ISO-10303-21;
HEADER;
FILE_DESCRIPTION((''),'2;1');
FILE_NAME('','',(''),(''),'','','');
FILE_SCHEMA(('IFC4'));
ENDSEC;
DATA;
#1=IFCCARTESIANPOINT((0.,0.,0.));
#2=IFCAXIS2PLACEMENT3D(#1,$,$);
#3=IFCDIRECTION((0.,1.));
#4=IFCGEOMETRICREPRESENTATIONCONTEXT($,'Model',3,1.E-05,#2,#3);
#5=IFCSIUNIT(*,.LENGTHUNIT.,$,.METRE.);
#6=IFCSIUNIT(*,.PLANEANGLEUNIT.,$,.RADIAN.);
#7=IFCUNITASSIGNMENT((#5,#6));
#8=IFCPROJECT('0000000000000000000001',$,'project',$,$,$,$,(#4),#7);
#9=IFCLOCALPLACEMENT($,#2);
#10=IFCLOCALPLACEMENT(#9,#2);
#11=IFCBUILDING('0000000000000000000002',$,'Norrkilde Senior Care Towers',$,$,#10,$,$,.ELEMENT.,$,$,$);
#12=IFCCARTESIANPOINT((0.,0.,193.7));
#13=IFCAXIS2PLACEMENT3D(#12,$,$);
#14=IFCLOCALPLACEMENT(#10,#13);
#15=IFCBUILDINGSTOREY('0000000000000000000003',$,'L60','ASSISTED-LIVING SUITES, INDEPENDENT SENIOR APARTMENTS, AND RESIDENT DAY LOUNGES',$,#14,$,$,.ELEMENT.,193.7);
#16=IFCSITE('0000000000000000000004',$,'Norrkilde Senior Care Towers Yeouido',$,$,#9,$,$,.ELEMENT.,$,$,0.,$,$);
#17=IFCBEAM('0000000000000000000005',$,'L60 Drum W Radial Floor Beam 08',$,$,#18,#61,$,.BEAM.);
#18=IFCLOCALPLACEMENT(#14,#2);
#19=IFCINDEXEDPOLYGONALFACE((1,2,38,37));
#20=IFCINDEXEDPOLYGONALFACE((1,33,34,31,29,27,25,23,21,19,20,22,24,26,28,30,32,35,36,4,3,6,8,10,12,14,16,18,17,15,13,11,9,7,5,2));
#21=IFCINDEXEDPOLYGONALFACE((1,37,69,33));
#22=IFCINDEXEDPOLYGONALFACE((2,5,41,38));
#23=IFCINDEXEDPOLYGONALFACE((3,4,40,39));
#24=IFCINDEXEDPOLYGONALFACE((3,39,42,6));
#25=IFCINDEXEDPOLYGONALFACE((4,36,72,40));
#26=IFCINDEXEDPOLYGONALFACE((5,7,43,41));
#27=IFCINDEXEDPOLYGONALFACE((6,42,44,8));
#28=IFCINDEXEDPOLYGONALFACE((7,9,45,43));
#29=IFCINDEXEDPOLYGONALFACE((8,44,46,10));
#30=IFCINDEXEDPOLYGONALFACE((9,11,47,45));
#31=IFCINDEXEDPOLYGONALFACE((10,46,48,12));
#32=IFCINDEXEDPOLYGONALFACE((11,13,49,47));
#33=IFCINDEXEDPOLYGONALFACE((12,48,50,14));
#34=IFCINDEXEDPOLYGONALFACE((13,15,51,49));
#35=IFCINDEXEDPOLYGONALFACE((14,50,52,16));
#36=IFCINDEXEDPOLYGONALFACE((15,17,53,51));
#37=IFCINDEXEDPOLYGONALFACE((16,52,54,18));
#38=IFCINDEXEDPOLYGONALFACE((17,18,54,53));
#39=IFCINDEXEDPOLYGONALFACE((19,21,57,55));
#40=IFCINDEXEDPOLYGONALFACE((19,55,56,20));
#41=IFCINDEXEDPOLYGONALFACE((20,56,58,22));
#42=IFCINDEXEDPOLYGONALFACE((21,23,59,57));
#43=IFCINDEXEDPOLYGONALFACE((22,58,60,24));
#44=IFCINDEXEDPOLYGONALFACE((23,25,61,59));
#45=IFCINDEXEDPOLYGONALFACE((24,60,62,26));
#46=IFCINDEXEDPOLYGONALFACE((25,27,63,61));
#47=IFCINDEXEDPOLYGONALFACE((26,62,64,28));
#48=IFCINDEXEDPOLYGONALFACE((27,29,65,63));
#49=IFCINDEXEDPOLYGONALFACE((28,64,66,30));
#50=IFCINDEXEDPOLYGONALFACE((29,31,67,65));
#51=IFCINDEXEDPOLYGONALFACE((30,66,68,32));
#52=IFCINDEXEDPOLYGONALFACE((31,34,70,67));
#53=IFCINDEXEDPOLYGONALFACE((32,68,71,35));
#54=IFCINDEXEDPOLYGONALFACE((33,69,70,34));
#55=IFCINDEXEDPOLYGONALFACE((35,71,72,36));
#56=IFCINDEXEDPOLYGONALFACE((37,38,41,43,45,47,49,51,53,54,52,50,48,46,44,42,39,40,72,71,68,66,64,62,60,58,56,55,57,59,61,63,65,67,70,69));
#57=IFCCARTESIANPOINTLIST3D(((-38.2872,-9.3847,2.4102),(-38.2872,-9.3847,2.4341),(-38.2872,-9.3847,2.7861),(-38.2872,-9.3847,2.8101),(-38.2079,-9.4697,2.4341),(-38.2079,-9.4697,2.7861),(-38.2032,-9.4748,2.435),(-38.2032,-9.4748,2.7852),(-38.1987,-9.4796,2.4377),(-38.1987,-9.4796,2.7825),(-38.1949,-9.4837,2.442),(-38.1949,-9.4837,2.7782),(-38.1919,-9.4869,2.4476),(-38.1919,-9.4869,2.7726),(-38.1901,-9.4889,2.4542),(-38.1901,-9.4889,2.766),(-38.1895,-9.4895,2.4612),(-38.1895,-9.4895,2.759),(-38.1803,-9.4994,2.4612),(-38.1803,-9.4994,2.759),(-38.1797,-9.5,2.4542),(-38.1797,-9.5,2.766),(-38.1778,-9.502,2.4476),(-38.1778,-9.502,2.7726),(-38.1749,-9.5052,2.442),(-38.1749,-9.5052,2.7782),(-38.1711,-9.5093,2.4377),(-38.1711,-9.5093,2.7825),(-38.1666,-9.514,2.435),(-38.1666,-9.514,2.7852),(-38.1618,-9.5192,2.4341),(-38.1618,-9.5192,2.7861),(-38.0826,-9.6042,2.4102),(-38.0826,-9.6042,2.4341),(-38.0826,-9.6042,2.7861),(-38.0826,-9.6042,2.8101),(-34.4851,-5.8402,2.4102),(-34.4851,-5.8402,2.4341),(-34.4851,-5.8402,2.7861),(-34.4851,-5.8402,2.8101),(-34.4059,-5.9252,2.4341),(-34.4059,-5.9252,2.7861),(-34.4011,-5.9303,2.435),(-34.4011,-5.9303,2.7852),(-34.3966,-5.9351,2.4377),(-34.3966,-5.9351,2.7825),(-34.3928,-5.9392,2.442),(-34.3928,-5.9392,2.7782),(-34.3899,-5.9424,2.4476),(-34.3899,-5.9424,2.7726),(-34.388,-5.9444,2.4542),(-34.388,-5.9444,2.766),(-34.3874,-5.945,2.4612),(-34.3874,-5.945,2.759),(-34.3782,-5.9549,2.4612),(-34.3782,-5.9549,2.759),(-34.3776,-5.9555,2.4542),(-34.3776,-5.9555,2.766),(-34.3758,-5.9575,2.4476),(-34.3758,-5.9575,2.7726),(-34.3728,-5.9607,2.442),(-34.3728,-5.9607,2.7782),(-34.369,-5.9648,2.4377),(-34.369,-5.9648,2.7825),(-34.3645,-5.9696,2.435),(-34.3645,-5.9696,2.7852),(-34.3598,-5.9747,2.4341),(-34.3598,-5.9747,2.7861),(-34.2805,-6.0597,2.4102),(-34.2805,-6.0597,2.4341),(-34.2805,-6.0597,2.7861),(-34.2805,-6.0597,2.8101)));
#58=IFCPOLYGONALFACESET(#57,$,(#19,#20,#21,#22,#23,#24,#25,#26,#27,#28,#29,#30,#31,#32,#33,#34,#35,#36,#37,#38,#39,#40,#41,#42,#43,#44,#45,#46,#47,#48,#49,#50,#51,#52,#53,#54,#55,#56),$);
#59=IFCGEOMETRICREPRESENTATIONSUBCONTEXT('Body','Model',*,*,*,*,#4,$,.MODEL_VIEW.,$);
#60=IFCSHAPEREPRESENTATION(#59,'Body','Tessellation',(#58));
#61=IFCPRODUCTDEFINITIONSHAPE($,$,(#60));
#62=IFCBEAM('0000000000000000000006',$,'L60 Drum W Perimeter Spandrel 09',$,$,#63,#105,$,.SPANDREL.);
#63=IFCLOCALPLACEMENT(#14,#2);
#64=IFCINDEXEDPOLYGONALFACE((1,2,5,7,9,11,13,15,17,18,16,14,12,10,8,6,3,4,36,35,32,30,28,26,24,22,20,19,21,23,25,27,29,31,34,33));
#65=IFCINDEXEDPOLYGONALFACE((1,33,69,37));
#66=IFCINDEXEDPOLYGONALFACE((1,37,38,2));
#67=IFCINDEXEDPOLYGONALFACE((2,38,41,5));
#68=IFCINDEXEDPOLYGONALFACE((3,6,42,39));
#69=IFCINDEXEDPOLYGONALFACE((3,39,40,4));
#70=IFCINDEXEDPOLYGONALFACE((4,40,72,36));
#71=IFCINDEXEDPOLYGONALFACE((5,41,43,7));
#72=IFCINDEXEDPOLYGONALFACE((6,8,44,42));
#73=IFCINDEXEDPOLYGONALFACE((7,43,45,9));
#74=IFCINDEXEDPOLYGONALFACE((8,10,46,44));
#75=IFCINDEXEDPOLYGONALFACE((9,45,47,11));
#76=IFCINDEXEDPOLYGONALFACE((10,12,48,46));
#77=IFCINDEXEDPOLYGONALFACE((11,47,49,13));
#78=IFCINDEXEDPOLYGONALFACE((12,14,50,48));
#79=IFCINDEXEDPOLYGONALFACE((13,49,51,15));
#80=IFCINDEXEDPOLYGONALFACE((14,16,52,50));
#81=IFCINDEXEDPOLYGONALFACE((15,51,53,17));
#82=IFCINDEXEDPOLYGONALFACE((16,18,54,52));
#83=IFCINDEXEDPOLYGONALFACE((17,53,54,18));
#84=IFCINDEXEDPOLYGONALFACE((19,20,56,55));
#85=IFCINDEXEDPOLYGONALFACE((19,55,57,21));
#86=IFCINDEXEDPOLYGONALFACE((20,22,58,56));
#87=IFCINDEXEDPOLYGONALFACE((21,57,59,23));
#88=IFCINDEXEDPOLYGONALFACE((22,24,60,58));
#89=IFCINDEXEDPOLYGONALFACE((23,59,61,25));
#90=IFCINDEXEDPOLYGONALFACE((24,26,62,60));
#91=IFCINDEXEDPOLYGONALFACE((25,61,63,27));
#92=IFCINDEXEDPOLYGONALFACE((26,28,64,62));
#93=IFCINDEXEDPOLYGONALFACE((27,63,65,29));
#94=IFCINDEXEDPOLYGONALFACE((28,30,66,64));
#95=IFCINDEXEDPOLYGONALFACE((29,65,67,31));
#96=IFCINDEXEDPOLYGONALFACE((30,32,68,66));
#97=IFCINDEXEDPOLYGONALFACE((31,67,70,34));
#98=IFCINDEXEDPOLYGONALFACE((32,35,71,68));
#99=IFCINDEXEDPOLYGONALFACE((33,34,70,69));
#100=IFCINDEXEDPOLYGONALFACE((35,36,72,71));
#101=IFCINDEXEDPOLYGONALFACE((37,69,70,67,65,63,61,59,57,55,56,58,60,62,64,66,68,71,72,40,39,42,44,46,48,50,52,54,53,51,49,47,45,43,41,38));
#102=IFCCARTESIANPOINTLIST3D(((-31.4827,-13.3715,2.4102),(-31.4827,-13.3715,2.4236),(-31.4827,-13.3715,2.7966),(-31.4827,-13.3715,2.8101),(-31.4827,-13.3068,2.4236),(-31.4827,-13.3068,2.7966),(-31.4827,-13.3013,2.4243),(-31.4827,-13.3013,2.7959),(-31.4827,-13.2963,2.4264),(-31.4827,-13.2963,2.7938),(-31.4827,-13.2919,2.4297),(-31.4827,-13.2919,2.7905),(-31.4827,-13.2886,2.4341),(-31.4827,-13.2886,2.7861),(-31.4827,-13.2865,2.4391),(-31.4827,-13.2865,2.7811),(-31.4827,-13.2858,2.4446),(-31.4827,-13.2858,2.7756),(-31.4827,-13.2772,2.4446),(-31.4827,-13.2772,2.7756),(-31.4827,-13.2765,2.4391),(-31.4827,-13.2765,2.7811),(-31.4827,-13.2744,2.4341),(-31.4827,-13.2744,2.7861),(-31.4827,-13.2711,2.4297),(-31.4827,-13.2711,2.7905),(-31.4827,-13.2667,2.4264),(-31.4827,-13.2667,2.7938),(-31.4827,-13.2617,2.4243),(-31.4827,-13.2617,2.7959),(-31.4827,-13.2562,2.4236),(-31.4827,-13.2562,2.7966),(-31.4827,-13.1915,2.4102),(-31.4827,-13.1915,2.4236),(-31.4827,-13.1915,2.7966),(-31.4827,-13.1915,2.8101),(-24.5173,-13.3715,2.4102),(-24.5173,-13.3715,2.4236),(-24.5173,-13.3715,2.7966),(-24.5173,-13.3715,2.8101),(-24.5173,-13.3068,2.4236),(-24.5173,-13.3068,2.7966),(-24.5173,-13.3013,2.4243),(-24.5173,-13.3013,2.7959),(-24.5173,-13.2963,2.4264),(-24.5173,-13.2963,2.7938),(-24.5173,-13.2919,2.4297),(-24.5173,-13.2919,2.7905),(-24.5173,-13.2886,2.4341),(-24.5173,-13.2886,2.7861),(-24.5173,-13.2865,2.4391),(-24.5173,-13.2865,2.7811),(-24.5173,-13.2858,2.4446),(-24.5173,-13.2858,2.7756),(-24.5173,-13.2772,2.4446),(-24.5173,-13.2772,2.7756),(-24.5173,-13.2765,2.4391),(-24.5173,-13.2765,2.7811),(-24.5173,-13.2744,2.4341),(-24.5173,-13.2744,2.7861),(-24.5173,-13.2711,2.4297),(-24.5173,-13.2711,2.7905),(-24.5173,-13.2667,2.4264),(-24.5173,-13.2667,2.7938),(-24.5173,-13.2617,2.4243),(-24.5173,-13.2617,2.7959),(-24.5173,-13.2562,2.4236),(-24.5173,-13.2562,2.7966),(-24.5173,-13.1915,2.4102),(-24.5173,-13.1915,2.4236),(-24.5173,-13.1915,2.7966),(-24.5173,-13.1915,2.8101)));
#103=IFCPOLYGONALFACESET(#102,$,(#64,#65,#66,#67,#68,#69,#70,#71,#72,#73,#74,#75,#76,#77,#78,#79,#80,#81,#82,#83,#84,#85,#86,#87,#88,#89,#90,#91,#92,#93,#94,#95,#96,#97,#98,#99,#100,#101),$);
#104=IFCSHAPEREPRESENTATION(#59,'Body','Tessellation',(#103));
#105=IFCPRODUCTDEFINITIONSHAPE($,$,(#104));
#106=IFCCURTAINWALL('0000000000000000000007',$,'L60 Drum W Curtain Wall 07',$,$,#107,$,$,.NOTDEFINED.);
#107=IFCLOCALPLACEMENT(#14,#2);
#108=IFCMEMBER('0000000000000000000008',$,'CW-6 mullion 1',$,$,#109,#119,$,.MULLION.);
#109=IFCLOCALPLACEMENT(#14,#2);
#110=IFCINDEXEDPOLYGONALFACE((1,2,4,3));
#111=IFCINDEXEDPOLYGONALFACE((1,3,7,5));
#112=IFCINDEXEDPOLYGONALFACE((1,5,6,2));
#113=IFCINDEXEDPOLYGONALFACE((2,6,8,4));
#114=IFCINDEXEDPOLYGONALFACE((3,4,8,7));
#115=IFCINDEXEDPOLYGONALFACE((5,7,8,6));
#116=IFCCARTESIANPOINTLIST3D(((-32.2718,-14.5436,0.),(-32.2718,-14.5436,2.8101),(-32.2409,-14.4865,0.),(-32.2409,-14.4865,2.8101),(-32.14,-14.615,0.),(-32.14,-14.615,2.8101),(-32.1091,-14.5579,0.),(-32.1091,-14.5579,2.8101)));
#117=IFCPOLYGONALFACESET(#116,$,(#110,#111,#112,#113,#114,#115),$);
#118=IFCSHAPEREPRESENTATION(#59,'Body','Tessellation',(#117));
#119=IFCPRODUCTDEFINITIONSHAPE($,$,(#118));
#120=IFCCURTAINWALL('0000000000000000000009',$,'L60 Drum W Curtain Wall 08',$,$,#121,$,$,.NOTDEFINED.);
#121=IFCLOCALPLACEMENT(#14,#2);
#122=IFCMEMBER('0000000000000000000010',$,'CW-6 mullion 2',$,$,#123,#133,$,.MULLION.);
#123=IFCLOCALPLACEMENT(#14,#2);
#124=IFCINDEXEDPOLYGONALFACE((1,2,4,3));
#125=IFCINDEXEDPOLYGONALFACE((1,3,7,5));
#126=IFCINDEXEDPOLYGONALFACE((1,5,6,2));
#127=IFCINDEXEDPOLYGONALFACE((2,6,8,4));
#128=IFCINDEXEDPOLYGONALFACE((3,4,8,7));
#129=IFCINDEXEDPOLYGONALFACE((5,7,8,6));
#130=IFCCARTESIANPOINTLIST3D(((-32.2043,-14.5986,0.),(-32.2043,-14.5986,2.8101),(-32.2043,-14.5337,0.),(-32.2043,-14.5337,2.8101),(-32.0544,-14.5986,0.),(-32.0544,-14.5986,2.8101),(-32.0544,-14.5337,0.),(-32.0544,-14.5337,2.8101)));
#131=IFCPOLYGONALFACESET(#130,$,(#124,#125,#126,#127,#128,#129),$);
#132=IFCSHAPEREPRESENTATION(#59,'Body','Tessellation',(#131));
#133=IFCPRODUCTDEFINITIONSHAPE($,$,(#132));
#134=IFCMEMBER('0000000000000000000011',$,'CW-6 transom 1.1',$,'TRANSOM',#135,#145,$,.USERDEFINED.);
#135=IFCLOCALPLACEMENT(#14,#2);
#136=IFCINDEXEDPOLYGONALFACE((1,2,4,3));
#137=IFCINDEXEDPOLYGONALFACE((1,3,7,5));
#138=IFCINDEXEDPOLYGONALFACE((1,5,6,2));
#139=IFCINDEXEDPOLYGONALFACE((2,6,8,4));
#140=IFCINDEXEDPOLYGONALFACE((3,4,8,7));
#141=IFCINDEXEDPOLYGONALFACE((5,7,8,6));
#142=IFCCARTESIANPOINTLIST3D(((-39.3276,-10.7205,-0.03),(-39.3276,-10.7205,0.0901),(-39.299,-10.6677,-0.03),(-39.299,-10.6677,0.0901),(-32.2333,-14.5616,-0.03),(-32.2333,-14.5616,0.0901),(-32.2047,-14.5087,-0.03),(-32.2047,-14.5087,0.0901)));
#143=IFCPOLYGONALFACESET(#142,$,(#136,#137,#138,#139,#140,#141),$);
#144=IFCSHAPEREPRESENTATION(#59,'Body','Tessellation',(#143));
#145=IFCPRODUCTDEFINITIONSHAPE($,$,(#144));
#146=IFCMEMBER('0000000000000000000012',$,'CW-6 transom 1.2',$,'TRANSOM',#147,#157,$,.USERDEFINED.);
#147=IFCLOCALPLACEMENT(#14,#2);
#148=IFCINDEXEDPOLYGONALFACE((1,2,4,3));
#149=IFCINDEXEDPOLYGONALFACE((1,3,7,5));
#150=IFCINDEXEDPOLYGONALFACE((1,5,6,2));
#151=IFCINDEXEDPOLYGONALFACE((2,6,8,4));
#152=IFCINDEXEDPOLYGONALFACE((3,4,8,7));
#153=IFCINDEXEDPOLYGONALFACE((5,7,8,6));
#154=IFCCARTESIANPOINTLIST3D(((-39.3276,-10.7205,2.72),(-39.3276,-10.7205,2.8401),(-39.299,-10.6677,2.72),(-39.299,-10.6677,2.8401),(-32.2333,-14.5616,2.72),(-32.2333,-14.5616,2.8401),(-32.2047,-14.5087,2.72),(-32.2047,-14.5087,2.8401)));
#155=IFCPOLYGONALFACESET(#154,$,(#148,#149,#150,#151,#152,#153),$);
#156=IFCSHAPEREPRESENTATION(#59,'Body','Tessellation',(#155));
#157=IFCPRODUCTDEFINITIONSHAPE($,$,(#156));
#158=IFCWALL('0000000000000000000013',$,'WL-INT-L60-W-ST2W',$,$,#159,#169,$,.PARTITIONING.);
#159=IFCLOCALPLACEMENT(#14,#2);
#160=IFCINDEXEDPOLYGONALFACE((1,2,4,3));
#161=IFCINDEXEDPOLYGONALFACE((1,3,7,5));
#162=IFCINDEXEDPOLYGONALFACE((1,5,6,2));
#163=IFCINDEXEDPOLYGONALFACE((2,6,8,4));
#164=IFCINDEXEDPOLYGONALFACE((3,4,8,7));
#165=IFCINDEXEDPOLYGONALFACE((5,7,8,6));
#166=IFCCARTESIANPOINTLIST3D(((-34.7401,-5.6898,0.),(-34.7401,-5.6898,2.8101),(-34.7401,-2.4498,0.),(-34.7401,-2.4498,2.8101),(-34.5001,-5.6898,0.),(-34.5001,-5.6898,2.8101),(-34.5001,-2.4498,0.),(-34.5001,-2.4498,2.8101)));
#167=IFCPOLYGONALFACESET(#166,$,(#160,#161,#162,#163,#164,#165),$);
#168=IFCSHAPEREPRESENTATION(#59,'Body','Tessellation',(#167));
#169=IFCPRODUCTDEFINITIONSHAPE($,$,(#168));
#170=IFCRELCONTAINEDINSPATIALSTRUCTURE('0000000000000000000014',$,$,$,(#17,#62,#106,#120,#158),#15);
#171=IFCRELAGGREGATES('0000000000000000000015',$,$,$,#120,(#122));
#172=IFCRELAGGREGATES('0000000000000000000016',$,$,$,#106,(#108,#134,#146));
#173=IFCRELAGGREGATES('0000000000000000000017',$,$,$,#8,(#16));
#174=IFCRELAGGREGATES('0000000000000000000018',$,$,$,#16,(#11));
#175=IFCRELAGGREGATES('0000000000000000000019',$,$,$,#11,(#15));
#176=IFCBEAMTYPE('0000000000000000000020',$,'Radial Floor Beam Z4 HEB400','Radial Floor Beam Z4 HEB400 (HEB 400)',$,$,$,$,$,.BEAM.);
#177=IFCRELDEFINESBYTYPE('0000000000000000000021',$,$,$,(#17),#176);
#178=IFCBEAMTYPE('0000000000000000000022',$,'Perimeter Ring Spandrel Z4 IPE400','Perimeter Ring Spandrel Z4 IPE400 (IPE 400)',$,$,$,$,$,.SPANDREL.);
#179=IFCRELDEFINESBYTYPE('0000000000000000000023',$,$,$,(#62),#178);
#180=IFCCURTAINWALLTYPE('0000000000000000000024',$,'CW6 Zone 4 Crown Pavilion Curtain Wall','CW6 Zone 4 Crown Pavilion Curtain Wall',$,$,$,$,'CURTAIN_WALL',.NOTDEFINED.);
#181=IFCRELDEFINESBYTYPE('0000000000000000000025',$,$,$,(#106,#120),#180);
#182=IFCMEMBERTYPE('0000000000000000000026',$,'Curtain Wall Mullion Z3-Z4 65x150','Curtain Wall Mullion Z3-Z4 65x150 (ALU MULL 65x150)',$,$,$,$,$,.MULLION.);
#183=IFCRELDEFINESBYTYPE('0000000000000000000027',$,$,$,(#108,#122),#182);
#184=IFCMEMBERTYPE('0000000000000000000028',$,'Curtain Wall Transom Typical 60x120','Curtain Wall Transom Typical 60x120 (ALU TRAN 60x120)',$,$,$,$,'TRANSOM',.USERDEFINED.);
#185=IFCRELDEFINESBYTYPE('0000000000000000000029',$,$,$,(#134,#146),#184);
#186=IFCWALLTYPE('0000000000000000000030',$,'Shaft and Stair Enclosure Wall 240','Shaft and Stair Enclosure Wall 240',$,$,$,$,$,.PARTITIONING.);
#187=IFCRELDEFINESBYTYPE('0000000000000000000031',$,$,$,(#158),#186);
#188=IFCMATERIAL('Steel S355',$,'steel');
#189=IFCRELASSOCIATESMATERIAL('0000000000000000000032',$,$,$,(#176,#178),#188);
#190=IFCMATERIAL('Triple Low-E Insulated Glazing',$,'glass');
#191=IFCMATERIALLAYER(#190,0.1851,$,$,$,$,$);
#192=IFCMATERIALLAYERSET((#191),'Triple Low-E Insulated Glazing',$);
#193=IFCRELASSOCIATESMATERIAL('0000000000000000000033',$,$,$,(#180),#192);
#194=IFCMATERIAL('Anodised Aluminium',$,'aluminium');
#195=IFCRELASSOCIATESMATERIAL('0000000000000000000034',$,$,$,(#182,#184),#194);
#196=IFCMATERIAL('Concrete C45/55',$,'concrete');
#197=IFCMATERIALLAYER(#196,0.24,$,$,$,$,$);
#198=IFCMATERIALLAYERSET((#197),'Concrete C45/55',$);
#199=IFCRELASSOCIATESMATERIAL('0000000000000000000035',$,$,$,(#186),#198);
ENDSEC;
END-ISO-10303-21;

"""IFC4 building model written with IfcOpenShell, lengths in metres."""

from ifc_helpers import new_model, si_unit, direction, frame, frame_2d, origin, origin_2d, place, context, subcontext, project, spatial, rectangle, i_section, extrude, source, transform, mapped, material, layer, layer_set, material_profile, profile_set, type_object, type_shapes, element, aggregate, save


model = new_model("IFC4")

# Units and contexts
model_context = context("Model", 3, precision=1e-05, world=origin(), true_north=direction((0.0, 1.0)))
body_context = subcontext(model_context, "Body", "Model", "MODEL_VIEW")
ifc_project = project(units=[si_unit("LENGTHUNIT", "METRE"), si_unit("PLANEANGLEUNIT", "RADIAN")], contexts=[model_context])

# Site, building, storey
site_placement = place(None, origin())
site = spatial("IfcSite", under=ifc_project, at=site_placement, Name="Norrkilde Senior Care Towers Yeouido", CompositionType="ELEMENT", RefElevation=0.0)
building_placement = place(site_placement, origin())
building = spatial("IfcBuilding", under=site, at=building_placement, Name="Norrkilde Senior Care Towers", CompositionType="ELEMENT")
storey_placement = place(building_placement, frame((0.0, 0.0, 193.7)))
storey = spatial("IfcBuildingStorey", under=building, at=storey_placement, Name="L60", Description="ASSISTED-LIVING SUITES, INDEPENDENT SENIOR APARTMENTS, AND RESIDENT DAY LOUNGES", CompositionType="ELEMENT", Elevation=193.7)

# Beams
ifc_material_1 = material(Name="Steel S355", Category="steel")
ifc_material_profile_1 = material_profile(ifc_material_1, i_section(OverallWidth=0.3, OverallDepth=0.3999, WebThickness=0.0134, FlangeThickness=0.0239, FilletRadius=0.0271, at=origin_2d()), Name="HEB 400")
ifc_profile_set_1 = profile_set([ifc_material_profile_1], Name="Steel S355")
beam_type_1 = type_object("IfcBeamType", Name="Radial Floor Beam Z4 HEB400", Description="Radial Floor Beam Z4 HEB400 (HEB 400)", PredefinedType="BEAM", material=ifc_profile_set_1)
shared_shape_1 = source(origin(), body_context, "Body", "SweptSolid", [
    extrude(i_section(OverallWidth=0.3, OverallDepth=0.3999, WebThickness=0.0134, FlangeThickness=0.0239, FilletRadius=0.0271, at=origin_2d()), origin(), (0.0, 0.0, 1.0), 5.198),
])
beam_1_placement = place(storey_placement, frame((-34.3828, -5.95, 2.6101), z_axis=(-0.731449, -0.681896, 0.0), x_axis=(0.681896, -0.731449, 0.0)))
element("IfcBeam", 1, at=beam_1_placement, inside=storey, type_object=beam_type_1, Name="L60 Drum W Radial Floor Beam 08", PredefinedType="BEAM", context=body_context, shape_type="MappedRepresentation", body=[
    mapped(shared_shape_1, transform((0.0, 0.0, 0.0), x_axis=(1.0, 0.0, 0.0), y_axis=(0.0, 1.0, 0.0), z_axis=(0.0, 0.0, 1.0), scale=1.0)),
])
ifc_material_profile_2 = material_profile(ifc_material_1, i_section(OverallWidth=0.1799, OverallDepth=0.3999, WebThickness=0.0085, FlangeThickness=0.0134, FilletRadius=0.021, at=origin_2d()), Name="IPE 400")
ifc_profile_set_2 = profile_set([ifc_material_profile_2], Name="Steel S355")
beam_type_2 = type_object("IfcBeamType", Name="Perimeter Ring Spandrel Z4 IPE400", Description="Perimeter Ring Spandrel Z4 IPE400 (IPE 400)", PredefinedType="SPANDREL", material=ifc_profile_set_2)
shared_shape_2 = source(origin(), body_context, "Body", "SweptSolid", [
    extrude(i_section(OverallWidth=0.1799, OverallDepth=0.3999, WebThickness=0.0085, FlangeThickness=0.0134, FilletRadius=0.021, at=origin_2d()), origin(), (0.0, 0.0, 1.0), 6.9653),
])
type_shapes(beam_type_2, [shared_shape_2])
beam_2_placement = place(storey_placement, frame((-31.4827, -13.2815, 2.6101), z_axis=(1.0, 0.0, 0.0), x_axis=(0.0, 1.0, 0.0)))
element("IfcBeam", 2, at=beam_2_placement, inside=storey, type_object=beam_type_2, Name="L60 Drum W Perimeter Spandrel 09", PredefinedType="SPANDREL", context=body_context, shape_type="MappedRepresentation", body=[
    mapped(shared_shape_2, transform((0.0, 0.0, 0.0), x_axis=(1.0, 0.0, 0.0), y_axis=(0.0, 1.0, 0.0), z_axis=(0.0, 0.0, 1.0), scale=1.0)),
])

# Curtain walls, members
ifc_material_2 = material(Name="Triple Low-E Insulated Glazing", Category="glass")
ifc_layer_1 = layer(ifc_material_2, 0.1851)
ifc_layer_set_1 = layer_set([ifc_layer_1], Name="Triple Low-E Insulated Glazing")
curtain_wall_type = type_object("IfcCurtainWallType", Name="CW6 Zone 4 Crown Pavilion Curtain Wall", Description="CW6 Zone 4 Crown Pavilion Curtain Wall", ElementType="CURTAIN_WALL", PredefinedType="NOTDEFINED", material=ifc_layer_set_1)
curtain_wall_1_placement = place(storey_placement, origin())
curtain_wall_1 = element("IfcCurtainWall", 3, at=curtain_wall_1_placement, inside=storey, type_object=curtain_wall_type, Name="L60 Drum W Curtain Wall 07", PredefinedType="NOTDEFINED")
ifc_material_3 = material(Name="Anodised Aluminium", Category="aluminium")
ifc_material_profile_3 = material_profile(ifc_material_3, rectangle(XDim=0.0649, YDim=0.1499, at=origin_2d()), Name="ALU MULL 65x150")
ifc_profile_set_3 = profile_set([ifc_material_profile_3], Name="Anodised Aluminium")
member_type_1 = type_object("IfcMemberType", Name="Curtain Wall Mullion Z3-Z4 65x150", Description="Curtain Wall Mullion Z3-Z4 65x150 (ALU MULL 65x150)", PredefinedType="MULLION", material=ifc_profile_set_3)
shared_shape_3 = source(origin(), body_context, "Body", "SweptSolid", [
    extrude(rectangle(XDim=0.0649, YDim=0.1499, at=origin_2d()), origin(), (0.0, 0.0, 1.0), 2.8101),
])
type_shapes(member_type_1, [shared_shape_3])
member_1_placement = place(storey_placement, frame((-32.1904, -14.5508, 0.0), z_axis=(0.0, 0.0, 1.0), x_axis=(-0.476133, -0.879373, 0.0)))
member_1 = element("IfcMember", 4, at=member_1_placement, type_object=member_type_1, Name="CW-6 mullion 1", PredefinedType="MULLION", context=body_context, shape_type="MappedRepresentation", body=[
    mapped(shared_shape_3, transform((0.0, 0.0, 0.0), x_axis=(1.0, 0.0, 0.0), y_axis=(0.0, 1.0, 0.0), z_axis=(0.0, 0.0, 1.0), scale=1.0)),
])
curtain_wall_2_placement = place(storey_placement, origin())
curtain_wall_2 = element("IfcCurtainWall", 5, at=curtain_wall_2_placement, inside=storey, type_object=curtain_wall_type, Name="L60 Drum W Curtain Wall 08", PredefinedType="NOTDEFINED")
member_2_placement = place(storey_placement, frame((-32.1294, -14.5662, 0.0), z_axis=(0.0, 0.0, 1.0), x_axis=(0.0, -1.0, 0.0)))
member_2 = element("IfcMember", 6, at=member_2_placement, type_object=member_type_1, Name="CW-6 mullion 2", PredefinedType="MULLION", context=body_context, shape_type="MappedRepresentation", body=[
    mapped(shared_shape_3, transform((0.0, 0.0, 0.0), x_axis=(1.0, 0.0, 0.0), y_axis=(0.0, 1.0, 0.0), z_axis=(0.0, 0.0, 1.0), scale=1.0)),
])
aggregate(curtain_wall_2, [member_2])

# Members
ifc_material_profile_4 = material_profile(ifc_material_3, rectangle(XDim=0.0601, YDim=0.1201, at=origin_2d()), Name="ALU TRAN 60x120")
ifc_profile_set_4 = profile_set([ifc_material_profile_4], Name="Anodised Aluminium")
member_type_2 = type_object("IfcMemberType", Name="Curtain Wall Transom Typical 60x120", Description="Curtain Wall Transom Typical 60x120 (ALU TRAN 60x120)", ElementType="TRANSOM", PredefinedType="USERDEFINED", material=ifc_profile_set_4)
shared_shape_4 = source(origin(), body_context, "Body", "SweptSolid", [
    extrude(rectangle(XDim=0.0601, YDim=0.1201, at=origin_2d()), origin(), (0.0, 0.0, 1.0), 8.0674),
])
type_shapes(member_type_2, [shared_shape_4])
member_3_placement = place(storey_placement, frame((-32.219, -14.5352, 0.03), z_axis=(-0.879378, 0.476125, 0.0), x_axis=(-0.476125, -0.879378, 0.0)))
member_3 = element("IfcMember", 7, at=member_3_placement, type_object=member_type_2, Name="CW-6 transom 1.1", ObjectType="TRANSOM", PredefinedType="USERDEFINED", context=body_context, shape_type="MappedRepresentation", body=[
    mapped(shared_shape_4, transform((0.0, 0.0, 0.0), x_axis=(1.0, 0.0, 0.0), y_axis=(0.0, 1.0, 0.0), z_axis=(0.0, 0.0, 1.0), scale=1.0)),
])
member_4_placement = place(storey_placement, frame((-32.219, -14.5352, 2.78), z_axis=(-0.879378, 0.476125, 0.0), x_axis=(-0.476125, -0.879378, 0.0)))
member_4 = element("IfcMember", 8, at=member_4_placement, type_object=member_type_2, Name="CW-6 transom 1.2", ObjectType="TRANSOM", PredefinedType="USERDEFINED", context=body_context, shape_type="MappedRepresentation", body=[
    mapped(shared_shape_4, transform((0.0, 0.0, 0.0), x_axis=(1.0, 0.0, 0.0), y_axis=(0.0, 1.0, 0.0), z_axis=(0.0, 0.0, 1.0), scale=1.0)),
])
aggregate(curtain_wall_1, [member_1, member_3, member_4])

# Shared definitions
ifc_material_4 = material(Name="Concrete C45/55", Category="concrete")
ifc_layer_2 = layer(ifc_material_4, 0.24)
ifc_layer_set_2 = layer_set([ifc_layer_2], Name="Concrete C45/55")
wall_type_1 = type_object("IfcWallType", Name="Shaft and Stair Enclosure Wall 240", Description="Shaft and Stair Enclosure Wall 240", PredefinedType="PARTITIONING", material=ifc_layer_set_2)

# Wall
shared_shape_5 = source(origin(), body_context, "Body", "SweptSolid", [
    extrude(rectangle(XDim=3.24, YDim=0.24, at=frame_2d((1.6201, 0.0))), origin(), (0.0, 0.0, 1.0), 2.8101),
])
wall_1_placement = place(storey_placement, frame((-34.6201, -5.6899, 0.0), z_axis=(0.0, 0.0, 1.0), x_axis=(0.0, 1.0, 0.0)))
element("IfcWall", 9, at=wall_1_placement, inside=storey, type_object=wall_type_1, Name="WL-INT-L60-W-ST2W", PredefinedType="PARTITIONING", context=body_context, shape_type="MappedRepresentation", body=[
    mapped(shared_shape_5, transform((0.0, 0.0, 0.0), x_axis=(1.0, 0.0, 0.0), y_axis=(0.0, 1.0, 0.0), z_axis=(0.0, 0.0, 1.0), scale=1.0)),
])

save(model, "model.ifc")
